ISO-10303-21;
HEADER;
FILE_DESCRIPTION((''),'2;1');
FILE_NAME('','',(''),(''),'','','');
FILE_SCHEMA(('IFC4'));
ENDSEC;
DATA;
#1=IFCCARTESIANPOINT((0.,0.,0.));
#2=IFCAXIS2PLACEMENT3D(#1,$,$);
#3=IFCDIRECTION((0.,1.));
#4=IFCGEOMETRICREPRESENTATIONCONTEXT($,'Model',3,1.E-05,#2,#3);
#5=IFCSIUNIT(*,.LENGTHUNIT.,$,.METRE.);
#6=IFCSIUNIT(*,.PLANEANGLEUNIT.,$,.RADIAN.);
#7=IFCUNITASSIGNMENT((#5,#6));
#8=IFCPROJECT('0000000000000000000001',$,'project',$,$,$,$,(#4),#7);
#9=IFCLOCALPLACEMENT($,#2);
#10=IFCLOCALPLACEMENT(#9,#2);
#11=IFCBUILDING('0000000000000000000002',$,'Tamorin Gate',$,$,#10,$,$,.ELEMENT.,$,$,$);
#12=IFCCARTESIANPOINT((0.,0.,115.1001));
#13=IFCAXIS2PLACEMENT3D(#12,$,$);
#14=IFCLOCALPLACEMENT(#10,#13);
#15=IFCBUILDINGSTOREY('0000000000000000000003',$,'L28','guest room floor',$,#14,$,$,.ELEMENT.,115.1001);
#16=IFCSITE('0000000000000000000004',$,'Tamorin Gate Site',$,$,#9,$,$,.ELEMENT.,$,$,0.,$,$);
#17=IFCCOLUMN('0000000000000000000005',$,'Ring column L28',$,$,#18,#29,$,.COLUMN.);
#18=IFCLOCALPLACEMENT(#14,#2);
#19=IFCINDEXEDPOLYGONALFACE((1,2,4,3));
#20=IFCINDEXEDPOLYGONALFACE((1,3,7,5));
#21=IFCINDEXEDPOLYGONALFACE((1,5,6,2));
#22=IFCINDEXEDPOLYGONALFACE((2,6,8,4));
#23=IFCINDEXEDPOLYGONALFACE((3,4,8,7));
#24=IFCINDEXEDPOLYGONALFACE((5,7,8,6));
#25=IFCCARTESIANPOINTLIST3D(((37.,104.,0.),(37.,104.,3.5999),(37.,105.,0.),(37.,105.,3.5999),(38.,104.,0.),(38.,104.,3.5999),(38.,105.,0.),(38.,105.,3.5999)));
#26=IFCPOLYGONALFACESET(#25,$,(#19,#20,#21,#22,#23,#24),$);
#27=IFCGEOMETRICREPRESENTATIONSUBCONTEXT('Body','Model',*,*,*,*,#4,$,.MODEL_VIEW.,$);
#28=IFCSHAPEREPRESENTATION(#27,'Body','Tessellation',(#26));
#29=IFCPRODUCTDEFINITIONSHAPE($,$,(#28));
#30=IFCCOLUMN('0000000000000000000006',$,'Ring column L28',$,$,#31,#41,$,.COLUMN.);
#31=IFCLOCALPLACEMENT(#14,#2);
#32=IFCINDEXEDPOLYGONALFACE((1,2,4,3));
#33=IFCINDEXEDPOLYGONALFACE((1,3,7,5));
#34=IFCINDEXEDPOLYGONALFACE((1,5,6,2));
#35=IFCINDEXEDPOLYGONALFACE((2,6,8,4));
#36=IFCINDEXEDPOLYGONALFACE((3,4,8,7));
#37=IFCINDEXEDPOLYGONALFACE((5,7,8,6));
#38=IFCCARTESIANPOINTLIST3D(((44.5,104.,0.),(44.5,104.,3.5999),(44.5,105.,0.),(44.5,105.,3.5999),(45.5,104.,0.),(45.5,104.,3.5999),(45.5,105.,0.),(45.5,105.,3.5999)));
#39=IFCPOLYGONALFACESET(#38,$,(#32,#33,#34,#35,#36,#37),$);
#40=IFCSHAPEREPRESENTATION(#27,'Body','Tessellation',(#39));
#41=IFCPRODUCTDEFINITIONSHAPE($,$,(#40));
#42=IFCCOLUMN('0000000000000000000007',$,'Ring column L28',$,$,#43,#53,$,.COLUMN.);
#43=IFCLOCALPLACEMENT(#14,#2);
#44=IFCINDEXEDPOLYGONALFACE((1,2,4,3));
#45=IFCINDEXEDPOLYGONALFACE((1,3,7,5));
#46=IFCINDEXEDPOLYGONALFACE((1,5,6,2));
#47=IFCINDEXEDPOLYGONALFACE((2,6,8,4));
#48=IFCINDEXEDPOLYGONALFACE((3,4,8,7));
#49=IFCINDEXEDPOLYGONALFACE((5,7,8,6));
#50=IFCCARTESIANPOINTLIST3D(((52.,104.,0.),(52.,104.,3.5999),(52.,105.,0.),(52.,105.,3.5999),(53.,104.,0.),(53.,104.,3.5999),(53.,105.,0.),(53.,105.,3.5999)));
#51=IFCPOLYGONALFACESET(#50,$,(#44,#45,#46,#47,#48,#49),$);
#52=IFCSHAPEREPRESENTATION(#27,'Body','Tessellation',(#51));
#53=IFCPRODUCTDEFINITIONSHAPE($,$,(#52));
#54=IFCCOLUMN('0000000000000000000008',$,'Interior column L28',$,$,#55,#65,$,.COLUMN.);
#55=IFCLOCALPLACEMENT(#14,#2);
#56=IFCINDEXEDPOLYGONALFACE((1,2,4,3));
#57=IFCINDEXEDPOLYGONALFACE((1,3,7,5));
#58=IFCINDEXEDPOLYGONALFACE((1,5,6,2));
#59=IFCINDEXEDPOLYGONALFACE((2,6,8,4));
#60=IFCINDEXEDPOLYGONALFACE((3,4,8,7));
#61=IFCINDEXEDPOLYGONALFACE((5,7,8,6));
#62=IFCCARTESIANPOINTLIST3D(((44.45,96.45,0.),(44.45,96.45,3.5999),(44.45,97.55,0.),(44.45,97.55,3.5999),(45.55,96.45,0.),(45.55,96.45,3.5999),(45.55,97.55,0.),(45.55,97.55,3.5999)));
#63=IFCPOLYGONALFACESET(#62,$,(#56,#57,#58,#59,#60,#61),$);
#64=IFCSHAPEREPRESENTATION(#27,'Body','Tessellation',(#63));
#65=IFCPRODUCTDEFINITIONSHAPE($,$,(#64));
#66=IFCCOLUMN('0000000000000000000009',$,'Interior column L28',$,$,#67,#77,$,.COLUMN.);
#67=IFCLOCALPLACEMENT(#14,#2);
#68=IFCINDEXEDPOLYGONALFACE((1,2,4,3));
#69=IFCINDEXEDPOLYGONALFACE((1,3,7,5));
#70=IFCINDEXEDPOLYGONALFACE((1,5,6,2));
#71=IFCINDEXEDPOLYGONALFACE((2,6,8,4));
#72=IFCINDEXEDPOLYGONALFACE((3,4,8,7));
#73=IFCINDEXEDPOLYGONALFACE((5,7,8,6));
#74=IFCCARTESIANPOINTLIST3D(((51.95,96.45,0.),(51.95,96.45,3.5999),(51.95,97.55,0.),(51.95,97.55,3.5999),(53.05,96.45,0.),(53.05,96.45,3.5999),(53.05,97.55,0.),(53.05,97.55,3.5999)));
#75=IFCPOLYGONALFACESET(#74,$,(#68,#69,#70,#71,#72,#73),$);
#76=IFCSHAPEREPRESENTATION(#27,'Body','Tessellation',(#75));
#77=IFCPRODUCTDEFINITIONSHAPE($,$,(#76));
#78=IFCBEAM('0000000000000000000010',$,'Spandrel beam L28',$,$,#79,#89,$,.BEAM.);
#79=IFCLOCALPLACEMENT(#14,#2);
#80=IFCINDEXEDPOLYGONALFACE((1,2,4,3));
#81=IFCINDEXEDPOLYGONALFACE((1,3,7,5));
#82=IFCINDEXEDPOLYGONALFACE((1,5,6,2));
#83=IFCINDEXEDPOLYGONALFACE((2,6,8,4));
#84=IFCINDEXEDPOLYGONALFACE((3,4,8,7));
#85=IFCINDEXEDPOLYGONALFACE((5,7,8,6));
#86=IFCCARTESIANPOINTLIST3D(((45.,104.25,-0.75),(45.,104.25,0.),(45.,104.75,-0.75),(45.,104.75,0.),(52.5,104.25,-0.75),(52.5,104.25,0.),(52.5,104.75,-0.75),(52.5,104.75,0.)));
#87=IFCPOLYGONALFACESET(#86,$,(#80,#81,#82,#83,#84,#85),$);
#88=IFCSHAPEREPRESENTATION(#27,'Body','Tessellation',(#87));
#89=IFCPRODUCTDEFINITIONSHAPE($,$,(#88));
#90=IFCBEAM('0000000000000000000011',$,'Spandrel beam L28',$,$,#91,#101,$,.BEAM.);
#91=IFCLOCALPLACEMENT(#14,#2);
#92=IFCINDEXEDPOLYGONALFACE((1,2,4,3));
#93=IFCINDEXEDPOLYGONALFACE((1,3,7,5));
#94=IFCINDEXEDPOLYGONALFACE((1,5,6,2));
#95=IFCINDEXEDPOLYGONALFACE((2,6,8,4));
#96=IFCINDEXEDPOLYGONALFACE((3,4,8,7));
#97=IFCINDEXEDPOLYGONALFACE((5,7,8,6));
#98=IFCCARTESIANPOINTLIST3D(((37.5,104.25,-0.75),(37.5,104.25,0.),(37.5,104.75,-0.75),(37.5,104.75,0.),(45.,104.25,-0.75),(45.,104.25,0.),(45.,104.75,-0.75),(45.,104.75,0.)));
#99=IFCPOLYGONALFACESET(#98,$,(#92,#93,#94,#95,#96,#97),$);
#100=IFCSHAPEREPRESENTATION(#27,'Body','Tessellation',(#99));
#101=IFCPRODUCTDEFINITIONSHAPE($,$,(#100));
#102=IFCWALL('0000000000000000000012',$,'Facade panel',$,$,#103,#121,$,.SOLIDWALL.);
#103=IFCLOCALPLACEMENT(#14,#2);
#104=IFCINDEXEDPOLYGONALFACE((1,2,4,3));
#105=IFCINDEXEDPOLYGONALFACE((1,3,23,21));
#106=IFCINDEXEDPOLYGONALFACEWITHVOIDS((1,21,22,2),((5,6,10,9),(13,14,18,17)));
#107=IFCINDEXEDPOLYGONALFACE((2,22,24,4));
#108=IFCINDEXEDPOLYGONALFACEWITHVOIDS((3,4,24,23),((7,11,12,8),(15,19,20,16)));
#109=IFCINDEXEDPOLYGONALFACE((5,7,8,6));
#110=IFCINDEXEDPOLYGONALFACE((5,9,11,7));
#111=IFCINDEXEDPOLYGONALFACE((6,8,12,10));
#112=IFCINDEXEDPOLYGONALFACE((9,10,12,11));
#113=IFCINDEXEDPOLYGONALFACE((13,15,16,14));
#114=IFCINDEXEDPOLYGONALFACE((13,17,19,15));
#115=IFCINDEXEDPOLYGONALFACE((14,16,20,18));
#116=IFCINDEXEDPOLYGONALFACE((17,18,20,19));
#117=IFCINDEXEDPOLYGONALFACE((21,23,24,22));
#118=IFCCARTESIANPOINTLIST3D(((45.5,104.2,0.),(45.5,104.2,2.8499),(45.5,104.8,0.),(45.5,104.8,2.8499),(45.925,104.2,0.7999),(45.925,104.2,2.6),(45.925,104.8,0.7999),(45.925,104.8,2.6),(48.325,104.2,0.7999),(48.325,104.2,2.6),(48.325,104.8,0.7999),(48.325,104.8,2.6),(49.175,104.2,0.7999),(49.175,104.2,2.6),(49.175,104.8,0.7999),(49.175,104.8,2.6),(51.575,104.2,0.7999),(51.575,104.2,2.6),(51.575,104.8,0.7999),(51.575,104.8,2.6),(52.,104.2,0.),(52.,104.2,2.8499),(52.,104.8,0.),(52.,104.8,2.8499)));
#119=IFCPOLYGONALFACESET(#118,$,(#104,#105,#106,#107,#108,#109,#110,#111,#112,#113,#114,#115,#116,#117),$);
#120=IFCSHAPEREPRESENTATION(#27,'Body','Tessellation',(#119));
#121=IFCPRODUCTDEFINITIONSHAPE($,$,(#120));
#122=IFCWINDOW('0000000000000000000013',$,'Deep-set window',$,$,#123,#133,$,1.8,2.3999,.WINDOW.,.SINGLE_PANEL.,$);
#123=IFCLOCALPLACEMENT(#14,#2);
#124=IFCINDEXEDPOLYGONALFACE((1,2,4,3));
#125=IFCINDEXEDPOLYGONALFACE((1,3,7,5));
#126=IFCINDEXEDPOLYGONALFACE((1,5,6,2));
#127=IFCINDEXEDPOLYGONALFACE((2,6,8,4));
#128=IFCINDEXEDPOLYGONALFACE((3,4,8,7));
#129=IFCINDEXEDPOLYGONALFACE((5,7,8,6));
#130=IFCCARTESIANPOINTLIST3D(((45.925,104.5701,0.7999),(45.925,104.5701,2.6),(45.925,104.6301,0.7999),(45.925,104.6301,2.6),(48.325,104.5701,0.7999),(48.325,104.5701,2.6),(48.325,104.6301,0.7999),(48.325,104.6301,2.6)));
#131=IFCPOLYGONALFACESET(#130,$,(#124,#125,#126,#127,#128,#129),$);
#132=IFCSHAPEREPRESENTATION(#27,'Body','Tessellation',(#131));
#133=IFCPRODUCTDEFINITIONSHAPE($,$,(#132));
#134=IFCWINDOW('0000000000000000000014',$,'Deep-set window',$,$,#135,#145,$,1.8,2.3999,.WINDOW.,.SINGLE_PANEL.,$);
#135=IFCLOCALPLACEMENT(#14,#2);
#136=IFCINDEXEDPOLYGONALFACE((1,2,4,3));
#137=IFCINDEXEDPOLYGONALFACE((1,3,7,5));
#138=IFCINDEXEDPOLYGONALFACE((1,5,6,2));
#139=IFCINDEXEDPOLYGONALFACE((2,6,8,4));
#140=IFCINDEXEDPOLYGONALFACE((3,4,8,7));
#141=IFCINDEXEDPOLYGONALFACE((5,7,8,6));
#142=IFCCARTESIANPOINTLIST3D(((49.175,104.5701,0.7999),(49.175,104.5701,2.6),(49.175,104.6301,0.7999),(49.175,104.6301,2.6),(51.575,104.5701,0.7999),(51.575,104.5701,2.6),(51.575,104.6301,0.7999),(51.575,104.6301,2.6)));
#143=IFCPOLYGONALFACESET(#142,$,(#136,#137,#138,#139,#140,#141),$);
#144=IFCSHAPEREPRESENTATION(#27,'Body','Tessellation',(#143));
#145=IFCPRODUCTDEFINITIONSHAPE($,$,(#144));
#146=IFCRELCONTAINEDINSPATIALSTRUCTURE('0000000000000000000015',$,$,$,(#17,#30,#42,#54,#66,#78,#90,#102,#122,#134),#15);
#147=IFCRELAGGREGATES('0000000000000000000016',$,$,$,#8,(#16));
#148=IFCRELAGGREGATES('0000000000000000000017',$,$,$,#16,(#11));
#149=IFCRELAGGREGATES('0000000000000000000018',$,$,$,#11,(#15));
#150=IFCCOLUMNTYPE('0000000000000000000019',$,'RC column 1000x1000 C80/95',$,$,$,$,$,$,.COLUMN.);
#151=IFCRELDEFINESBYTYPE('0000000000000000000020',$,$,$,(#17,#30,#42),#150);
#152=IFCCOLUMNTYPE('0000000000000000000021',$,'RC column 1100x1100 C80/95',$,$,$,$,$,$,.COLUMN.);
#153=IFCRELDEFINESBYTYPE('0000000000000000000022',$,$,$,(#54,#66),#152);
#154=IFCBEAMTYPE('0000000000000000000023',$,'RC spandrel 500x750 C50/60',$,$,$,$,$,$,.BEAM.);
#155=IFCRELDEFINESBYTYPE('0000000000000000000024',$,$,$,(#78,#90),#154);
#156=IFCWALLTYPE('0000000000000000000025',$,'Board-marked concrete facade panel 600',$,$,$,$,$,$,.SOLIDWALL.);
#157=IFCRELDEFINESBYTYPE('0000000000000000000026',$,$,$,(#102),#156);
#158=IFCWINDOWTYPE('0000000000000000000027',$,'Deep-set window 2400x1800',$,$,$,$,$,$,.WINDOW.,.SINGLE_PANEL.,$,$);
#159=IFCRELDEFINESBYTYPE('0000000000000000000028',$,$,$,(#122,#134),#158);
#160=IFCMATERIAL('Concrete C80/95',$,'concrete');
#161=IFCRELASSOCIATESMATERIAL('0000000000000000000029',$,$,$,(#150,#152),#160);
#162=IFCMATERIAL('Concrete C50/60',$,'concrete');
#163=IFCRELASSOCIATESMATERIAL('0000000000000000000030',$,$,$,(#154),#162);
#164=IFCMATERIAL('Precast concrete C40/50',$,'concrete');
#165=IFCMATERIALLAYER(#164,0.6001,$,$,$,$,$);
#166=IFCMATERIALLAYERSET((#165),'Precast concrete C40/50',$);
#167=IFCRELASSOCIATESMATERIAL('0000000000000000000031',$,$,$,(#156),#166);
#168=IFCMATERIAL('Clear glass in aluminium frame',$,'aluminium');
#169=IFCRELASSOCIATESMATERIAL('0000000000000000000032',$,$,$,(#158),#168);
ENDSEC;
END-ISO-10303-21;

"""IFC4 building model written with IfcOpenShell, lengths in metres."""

from ifc_helpers import new_model, si_unit, direction, frame, frame_2d, origin, origin_2d, place, context, subcontext, project, spatial, rectangle, extrude, material, layer, layer_set, material_profile, profile_set, type_object, element, fill, save


model = new_model("IFC4")

# Units and contexts
model_context = context("Model", 3, precision=1e-05, world=origin(), true_north=direction((0.0, 1.0)))
body_context = subcontext(model_context, "Body", "Model", "MODEL_VIEW")
ifc_project = project(units=[si_unit("LENGTHUNIT", "METRE"), si_unit("PLANEANGLEUNIT", "RADIAN")], contexts=[model_context])

# Site, building, storey
site_placement = place(None, origin())
site = spatial("IfcSite", under=ifc_project, at=site_placement, Name="Tamorin Gate Site", CompositionType="ELEMENT", RefElevation=0.0)
building_placement = place(site_placement, origin())
building = spatial("IfcBuilding", under=site, at=building_placement, Name="Tamorin Gate", CompositionType="ELEMENT")
storey_placement = place(building_placement, frame((0.0, 0.0, 115.1001)))
storey = spatial("IfcBuildingStorey", under=building, at=storey_placement, Name="L28", Description="guest room floor", CompositionType="ELEMENT", Elevation=115.1001)

# Columns
ifc_material_1 = material(Name="Concrete C80/95", Category="concrete")
ifc_material_profile_1 = material_profile(ifc_material_1, rectangle(XDim=1.0, YDim=1.0, at=origin_2d()), Name="RC 1000x1000")
ifc_profile_set_1 = profile_set([ifc_material_profile_1], Name="Concrete C80/95")
column_type_1 = type_object("IfcColumnType", Name="RC column 1000x1000 C80/95", PredefinedType="COLUMN", material=ifc_profile_set_1)
for number, where, z_axis, x_axis, name in (
    (1, (37.5, 104.5, 0.0), (0.0, 0.0, 1.0), (1.0, 0.0, 0.0), "Ring column L28"),
    (2, (45.0, 104.5, 0.0), (0.0, 0.0, 1.0), (1.0, 0.0, 0.0), "Ring column L28"),
    (3, (52.5, 104.5, 0.0), (0.0, 0.0, 1.0), (1.0, 0.0, 0.0), "Ring column L28"),
):
    element("IfcColumn", number, at=place(storey_placement, frame(where, z_axis=z_axis, x_axis=x_axis)), inside=storey, type_object=column_type_1, Name=name, PredefinedType="COLUMN", context=body_context, shape_type="SweptSolid", body=[
        extrude(rectangle(XDim=1.0, YDim=1.0, at=origin_2d()), origin(), (0.0, 0.0, 1.0), 3.5999),
    ])
ifc_material_profile_2 = material_profile(ifc_material_1, rectangle(XDim=1.1001, YDim=1.1001, at=origin_2d()), Name="RC 1100x1100")
ifc_profile_set_2 = profile_set([ifc_material_profile_2], Name="Concrete C80/95")
column_type_2 = type_object("IfcColumnType", Name="RC column 1100x1100 C80/95", PredefinedType="COLUMN", material=ifc_profile_set_2)
for number, where, z_axis, x_axis, name in (
    (4, (45.0, 97.0, 0.0), (0.0, 0.0, 1.0), (1.0, 0.0, 0.0), "Interior column L28"),
    (5, (52.5, 97.0, 0.0), (0.0, 0.0, 1.0), (1.0, 0.0, 0.0), "Interior column L28"),
):
    element("IfcColumn", number, at=place(storey_placement, frame(where, z_axis=z_axis, x_axis=x_axis)), inside=storey, type_object=column_type_2, Name=name, PredefinedType="COLUMN", context=body_context, shape_type="SweptSolid", body=[
        extrude(rectangle(XDim=1.1001, YDim=1.1001, at=origin_2d()), origin(), (0.0, 0.0, 1.0), 3.5999),
    ])

# Beams
ifc_material_2 = material(Name="Concrete C50/60", Category="concrete")
ifc_material_profile_3 = material_profile(ifc_material_2, rectangle(XDim=0.5, YDim=0.75, at=origin_2d()), Name="RC 500x750")
ifc_profile_set_3 = profile_set([ifc_material_profile_3], Name="Concrete C50/60")
beam_type = type_object("IfcBeamType", Name="RC spandrel 500x750 C50/60", PredefinedType="BEAM", material=ifc_profile_set_3)
for number, where, z_axis, x_axis, name in (
    (6, (52.5, 104.5, -0.375), (-1.0, 0.0, 0.0), (0.0, -1.0, 0.0), "Spandrel beam L28"),
    (7, (45.0, 104.5, -0.375), (-1.0, 0.0, 0.0), (0.0, -1.0, 0.0), "Spandrel beam L28"),
):
    element("IfcBeam", number, at=place(storey_placement, frame(where, z_axis=z_axis, x_axis=x_axis)), inside=storey, type_object=beam_type, Name=name, PredefinedType="BEAM", context=body_context, shape_type="SweptSolid", body=[
        extrude(rectangle(XDim=0.5, YDim=0.75, at=origin_2d()), origin(), (0.0, 0.0, 1.0), 7.5),
    ])

# Wall, openings, windows
ifc_material_3 = material(Name="Precast concrete C40/50", Category="concrete")
ifc_layer_1 = layer(ifc_material_3, 0.6001)
ifc_layer_set_1 = layer_set([ifc_layer_1], Name="Precast concrete C40/50")
wall_type_1 = type_object("IfcWallType", Name="Board-marked concrete facade panel 600", PredefinedType="SOLIDWALL", material=ifc_layer_set_1)
wall_1_placement = place(storey_placement, frame((52.0, 104.5, 0.0), z_axis=(0.0, 0.0, 1.0), x_axis=(-1.0, 0.0, 0.0)))
wall_1 = element("IfcWall", 8, at=wall_1_placement, inside=storey, type_object=wall_type_1, Name="Facade panel", PredefinedType="SOLIDWALL", context=body_context, shape_type="SweptSolid", body=[
    extrude(rectangle(XDim=6.5, YDim=0.6001, at=frame_2d((3.25, 0.0))), origin(), (0.0, 0.0, 1.0), 2.8499),
])
opening_1_placement = place(wall_1_placement, frame((3.675, 0.0, 0.8)))
opening_1 = element("IfcOpeningElement", 9, at=opening_1_placement, cuts=wall_1, PredefinedType="OPENING", context=body_context, shape_type="SweptSolid", body=[
    extrude(rectangle(XDim=2.3999, YDim=1.8, at=frame_2d((1.2, 0.8999))), frame((0.0, 0.3101, 0.0), z_axis=(0.0, -1.0, 0.0), x_axis=(1.0, 0.0, 0.0)), (0.0, 0.0, 1.0), 0.6201),
])
opening_2_placement = place(wall_1_placement, frame((0.425, 0.0, 0.8)))
opening_2 = element("IfcOpeningElement", 10, at=opening_2_placement, cuts=wall_1, PredefinedType="OPENING", context=body_context, shape_type="SweptSolid", body=[
    extrude(rectangle(XDim=2.3999, YDim=1.8, at=frame_2d((1.2, 0.8999))), frame((0.0, 0.3101, 0.0), z_axis=(0.0, -1.0, 0.0), x_axis=(1.0, 0.0, 0.0)), (0.0, 0.0, 1.0), 0.6201),
])
ifc_material_4 = material(Name="Clear glass in aluminium frame", Category="aluminium")
window_type = type_object("IfcWindowType", Name="Deep-set window 2400x1800", PartitioningType="SINGLE_PANEL", PredefinedType="WINDOW", material=ifc_material_4)
window_1_placement = place(opening_1_placement, origin())
window_1 = element("IfcWindow", 11, at=window_1_placement, inside=storey, type_object=window_type, Name="Deep-set window", OverallHeight=1.8, OverallWidth=2.3999, PartitioningType="SINGLE_PANEL", PredefinedType="WINDOW", context=body_context, shape_type="SweptSolid", body=[
    extrude(rectangle(XDim=2.3999, YDim=1.8, at=frame_2d((1.2, 0.8999))), frame((0.0, -0.0701, 0.0), z_axis=(0.0, -1.0, 0.0), x_axis=(1.0, 0.0, 0.0)), (0.0, 0.0, 1.0), 0.0601),
])
fill(opening_1, window_1)
window_2_placement = place(opening_2_placement, origin())
window_2 = element("IfcWindow", 12, at=window_2_placement, inside=storey, type_object=window_type, Name="Deep-set window", OverallHeight=1.8, OverallWidth=2.3999, PartitioningType="SINGLE_PANEL", PredefinedType="WINDOW", context=body_context, shape_type="SweptSolid", body=[
    extrude(rectangle(XDim=2.3999, YDim=1.8, at=frame_2d((1.2, 0.8999))), frame((0.0, -0.0701, 0.0), z_axis=(0.0, -1.0, 0.0), x_axis=(1.0, 0.0, 0.0)), (0.0, 0.0, 1.0), 0.0601),
])
fill(opening_2, window_2)

save(model, "model.ifc")
